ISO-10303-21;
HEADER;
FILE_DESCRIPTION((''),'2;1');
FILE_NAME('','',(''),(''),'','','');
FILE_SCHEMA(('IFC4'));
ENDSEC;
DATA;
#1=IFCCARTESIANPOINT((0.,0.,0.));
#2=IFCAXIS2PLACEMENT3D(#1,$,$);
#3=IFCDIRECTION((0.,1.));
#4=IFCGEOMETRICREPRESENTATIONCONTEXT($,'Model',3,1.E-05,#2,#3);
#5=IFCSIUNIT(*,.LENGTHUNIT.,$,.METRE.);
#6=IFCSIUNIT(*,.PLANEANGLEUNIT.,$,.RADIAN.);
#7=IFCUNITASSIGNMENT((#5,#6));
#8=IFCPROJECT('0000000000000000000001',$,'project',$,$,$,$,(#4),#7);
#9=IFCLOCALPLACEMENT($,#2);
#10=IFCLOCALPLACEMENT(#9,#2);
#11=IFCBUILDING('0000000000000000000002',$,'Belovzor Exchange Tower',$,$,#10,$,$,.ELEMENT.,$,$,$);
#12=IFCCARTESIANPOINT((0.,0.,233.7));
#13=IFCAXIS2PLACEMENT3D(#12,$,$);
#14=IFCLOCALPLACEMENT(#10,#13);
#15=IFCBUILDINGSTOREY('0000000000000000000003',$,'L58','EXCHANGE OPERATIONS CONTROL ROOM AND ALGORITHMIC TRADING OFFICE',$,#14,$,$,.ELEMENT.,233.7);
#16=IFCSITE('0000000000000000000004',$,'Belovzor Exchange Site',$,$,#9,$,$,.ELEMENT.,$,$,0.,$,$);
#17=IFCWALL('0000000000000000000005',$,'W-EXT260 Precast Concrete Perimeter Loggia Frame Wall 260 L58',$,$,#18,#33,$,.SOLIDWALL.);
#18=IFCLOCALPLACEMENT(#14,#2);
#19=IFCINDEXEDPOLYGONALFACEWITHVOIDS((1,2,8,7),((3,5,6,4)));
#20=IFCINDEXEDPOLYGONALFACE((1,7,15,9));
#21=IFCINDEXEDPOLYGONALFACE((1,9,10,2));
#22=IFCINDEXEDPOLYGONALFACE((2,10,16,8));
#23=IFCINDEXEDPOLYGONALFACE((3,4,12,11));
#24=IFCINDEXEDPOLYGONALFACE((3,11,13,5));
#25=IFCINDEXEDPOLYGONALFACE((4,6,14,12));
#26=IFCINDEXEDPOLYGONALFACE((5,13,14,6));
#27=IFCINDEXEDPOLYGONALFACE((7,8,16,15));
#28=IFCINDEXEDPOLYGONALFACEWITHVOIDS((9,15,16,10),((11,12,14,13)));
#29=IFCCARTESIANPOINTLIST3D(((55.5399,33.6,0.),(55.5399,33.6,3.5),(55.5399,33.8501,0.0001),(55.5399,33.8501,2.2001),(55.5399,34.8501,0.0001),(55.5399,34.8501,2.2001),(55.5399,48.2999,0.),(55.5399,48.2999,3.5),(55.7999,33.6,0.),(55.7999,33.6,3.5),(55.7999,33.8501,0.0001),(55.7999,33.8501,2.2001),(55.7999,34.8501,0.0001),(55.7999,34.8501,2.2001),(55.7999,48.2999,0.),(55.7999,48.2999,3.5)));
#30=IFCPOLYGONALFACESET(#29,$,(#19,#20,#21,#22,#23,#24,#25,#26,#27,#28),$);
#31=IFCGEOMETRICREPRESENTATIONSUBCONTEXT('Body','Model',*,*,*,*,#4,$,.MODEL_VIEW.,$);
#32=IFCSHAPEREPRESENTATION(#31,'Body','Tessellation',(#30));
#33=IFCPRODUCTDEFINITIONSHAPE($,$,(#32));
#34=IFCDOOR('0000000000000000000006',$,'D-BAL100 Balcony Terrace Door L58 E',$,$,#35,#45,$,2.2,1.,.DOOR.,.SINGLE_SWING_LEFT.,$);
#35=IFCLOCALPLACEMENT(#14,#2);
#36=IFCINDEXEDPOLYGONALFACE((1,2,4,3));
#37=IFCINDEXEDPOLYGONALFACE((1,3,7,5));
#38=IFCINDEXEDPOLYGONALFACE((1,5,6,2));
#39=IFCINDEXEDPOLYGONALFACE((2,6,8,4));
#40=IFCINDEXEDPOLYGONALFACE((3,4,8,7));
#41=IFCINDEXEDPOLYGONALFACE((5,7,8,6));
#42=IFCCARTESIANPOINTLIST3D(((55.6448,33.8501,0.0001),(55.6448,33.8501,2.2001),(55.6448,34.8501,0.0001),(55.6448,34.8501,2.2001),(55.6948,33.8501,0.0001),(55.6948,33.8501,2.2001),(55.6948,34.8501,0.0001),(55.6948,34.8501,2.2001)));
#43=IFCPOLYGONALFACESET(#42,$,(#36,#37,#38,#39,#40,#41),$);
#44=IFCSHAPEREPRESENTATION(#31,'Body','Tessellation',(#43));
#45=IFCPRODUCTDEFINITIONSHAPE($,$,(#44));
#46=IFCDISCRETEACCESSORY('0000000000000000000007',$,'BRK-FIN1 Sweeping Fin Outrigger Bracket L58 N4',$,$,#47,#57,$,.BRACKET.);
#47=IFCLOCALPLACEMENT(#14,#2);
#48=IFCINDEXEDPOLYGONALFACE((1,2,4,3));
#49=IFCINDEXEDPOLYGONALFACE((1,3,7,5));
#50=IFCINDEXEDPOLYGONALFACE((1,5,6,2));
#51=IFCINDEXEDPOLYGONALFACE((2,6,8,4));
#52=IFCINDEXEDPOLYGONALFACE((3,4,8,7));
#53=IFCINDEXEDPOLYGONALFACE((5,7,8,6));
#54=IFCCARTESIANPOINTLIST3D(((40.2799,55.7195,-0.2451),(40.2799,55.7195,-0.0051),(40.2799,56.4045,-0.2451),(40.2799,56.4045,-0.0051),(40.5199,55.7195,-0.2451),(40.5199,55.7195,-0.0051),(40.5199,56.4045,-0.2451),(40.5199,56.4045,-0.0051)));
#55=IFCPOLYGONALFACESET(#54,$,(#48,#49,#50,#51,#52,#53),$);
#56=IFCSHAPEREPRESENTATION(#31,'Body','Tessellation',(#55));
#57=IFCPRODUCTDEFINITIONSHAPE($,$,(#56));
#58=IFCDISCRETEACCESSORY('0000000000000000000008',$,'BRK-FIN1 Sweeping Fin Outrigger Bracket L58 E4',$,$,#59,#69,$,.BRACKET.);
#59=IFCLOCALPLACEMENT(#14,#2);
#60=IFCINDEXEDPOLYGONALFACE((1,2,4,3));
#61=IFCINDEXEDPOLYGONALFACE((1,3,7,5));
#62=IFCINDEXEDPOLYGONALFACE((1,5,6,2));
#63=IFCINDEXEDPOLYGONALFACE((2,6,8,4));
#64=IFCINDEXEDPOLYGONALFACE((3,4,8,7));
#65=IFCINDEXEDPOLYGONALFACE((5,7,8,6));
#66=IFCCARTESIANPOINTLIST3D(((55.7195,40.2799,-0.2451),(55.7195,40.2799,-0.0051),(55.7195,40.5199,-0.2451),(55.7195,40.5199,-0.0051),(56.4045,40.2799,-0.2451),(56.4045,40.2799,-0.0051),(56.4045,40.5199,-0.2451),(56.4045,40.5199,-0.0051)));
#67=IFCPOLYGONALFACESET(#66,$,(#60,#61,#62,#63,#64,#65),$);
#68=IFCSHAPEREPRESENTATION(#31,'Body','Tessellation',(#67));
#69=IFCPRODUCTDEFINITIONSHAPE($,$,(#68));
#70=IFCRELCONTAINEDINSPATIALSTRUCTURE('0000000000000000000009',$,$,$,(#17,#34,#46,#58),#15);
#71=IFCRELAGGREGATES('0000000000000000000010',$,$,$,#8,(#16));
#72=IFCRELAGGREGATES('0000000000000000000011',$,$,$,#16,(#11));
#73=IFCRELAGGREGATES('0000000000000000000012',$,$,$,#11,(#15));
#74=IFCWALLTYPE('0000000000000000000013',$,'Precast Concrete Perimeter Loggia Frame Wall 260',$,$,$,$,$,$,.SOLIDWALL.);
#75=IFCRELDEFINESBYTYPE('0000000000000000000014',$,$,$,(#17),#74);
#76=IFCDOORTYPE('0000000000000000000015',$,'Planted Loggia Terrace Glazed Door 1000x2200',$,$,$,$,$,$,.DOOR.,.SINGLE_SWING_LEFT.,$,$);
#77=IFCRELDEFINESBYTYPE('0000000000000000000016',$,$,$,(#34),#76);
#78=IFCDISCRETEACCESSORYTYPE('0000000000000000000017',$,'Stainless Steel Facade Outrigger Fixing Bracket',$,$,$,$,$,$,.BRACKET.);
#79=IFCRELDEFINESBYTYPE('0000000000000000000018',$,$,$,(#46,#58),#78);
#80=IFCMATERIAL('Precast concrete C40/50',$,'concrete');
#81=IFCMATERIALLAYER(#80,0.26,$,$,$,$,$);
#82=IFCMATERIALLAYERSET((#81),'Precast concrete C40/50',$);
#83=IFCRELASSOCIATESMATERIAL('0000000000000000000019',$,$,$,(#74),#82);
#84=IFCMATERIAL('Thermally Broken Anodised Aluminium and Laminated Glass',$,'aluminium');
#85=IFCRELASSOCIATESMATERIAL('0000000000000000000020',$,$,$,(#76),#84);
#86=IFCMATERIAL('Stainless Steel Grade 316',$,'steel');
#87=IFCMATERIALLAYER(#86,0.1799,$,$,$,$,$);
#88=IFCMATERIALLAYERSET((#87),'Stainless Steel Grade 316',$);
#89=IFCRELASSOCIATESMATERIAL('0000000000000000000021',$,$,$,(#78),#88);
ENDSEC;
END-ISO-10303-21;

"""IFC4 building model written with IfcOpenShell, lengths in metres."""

from ifc_helpers import new_model, si_unit, direction, frame, frame_2d, origin, origin_2d, place, context, subcontext, project, spatial, rectangle, extrude, material, layer, layer_set, type_object, element, fill, save


model = new_model("IFC4")

# Units and contexts
model_context = context("Model", 3, precision=1e-05, world=origin(), true_north=direction((0.0, 1.0)))
body_context = subcontext(model_context, "Body", "Model", "MODEL_VIEW")
ifc_project = project(units=[si_unit("LENGTHUNIT", "METRE"), si_unit("PLANEANGLEUNIT", "RADIAN")], contexts=[model_context])

# Site, building, storey
site_placement = place(None, origin())
site = spatial("IfcSite", under=ifc_project, at=site_placement, Name="Belovzor Exchange Site", CompositionType="ELEMENT", RefElevation=0.0)
building_placement = place(site_placement, origin())
building = spatial("IfcBuilding", under=site, at=building_placement, Name="Belovzor Exchange Tower", CompositionType="ELEMENT")
storey_placement = place(building_placement, frame((0.0, 0.0, 233.7)))
storey = spatial("IfcBuildingStorey", under=building, at=storey_placement, Name="L58", Description="EXCHANGE OPERATIONS CONTROL ROOM AND ALGORITHMIC TRADING OFFICE", CompositionType="ELEMENT", Elevation=233.7)

# Wall, opening, door
ifc_material_1 = material(Name="Precast concrete C40/50", Category="concrete")
ifc_layer_1 = layer(ifc_material_1, 0.26)
ifc_layer_set_1 = layer_set([ifc_layer_1], Name="Precast concrete C40/50")
wall_type_1 = type_object("IfcWallType", Name="Precast Concrete Perimeter Loggia Frame Wall 260", PredefinedType="SOLIDWALL", material=ifc_layer_set_1)
wall_1_placement = place(storey_placement, frame((55.6699, 48.3, 0.0), z_axis=(0.0, 0.0, 1.0), x_axis=(0.0, -1.0, 0.0)))
wall_1 = element("IfcWall", 1, at=wall_1_placement, inside=storey, type_object=wall_type_1, Name="W-EXT260 Precast Concrete Perimeter Loggia Frame Wall 260 L58", PredefinedType="SOLIDWALL", context=body_context, shape_type="SweptSolid", body=[
    extrude(rectangle(XDim=14.7, YDim=0.26, at=frame_2d((7.3501, 0.0))), origin(), (0.0, 0.0, 1.0), 3.5),
])
opening_1_placement = place(wall_1_placement, frame((13.45, 0.0, 0.0)))
opening_1 = element("IfcOpeningElement", 2, at=opening_1_placement, cuts=wall_1, PredefinedType="OPENING", context=body_context, shape_type="SweptSolid", body=[
    extrude(rectangle(XDim=1.0, YDim=2.2, at=frame_2d((0.5, 1.1001))), frame((0.0, 0.1399, 0.0), z_axis=(0.0, -1.0, 0.0), x_axis=(1.0, 0.0, 0.0)), (0.0, 0.0, 1.0), 0.28),
])
ifc_material_2 = material(Name="Thermally Broken Anodised Aluminium and Laminated Glass", Category="aluminium")
door_type_1 = type_object("IfcDoorType", Name="Planted Loggia Terrace Glazed Door 1000x2200", OperationType="SINGLE_SWING_LEFT", PredefinedType="DOOR", material=ifc_material_2)
door_1_placement = place(opening_1_placement, origin())
door_1 = element("IfcDoor", 3, at=door_1_placement, inside=storey, type_object=door_type_1, Name="D-BAL100 Balcony Terrace Door L58 E", OperationType="SINGLE_SWING_LEFT", OverallHeight=2.2, OverallWidth=1.0, PredefinedType="DOOR", context=body_context, shape_type="SweptSolid", body=[
    extrude(rectangle(XDim=1.0, YDim=2.2, at=frame_2d((0.5, 1.1001))), frame((0.0, 0.0249, 0.0), z_axis=(0.0, -1.0, 0.0), x_axis=(1.0, 0.0, 0.0)), (0.0, 0.0, 1.0), 0.05),
])
fill(opening_1, door_1)

# Discrete accessories
ifc_material_3 = material(Name="Stainless Steel Grade 316", Category="steel")
ifc_layer_2 = layer(ifc_material_3, 0.1799)
ifc_layer_set_2 = layer_set([ifc_layer_2], Name="Stainless Steel Grade 316")
discrete_accessory_type = type_object("IfcDiscreteAccessoryType", Name="Stainless Steel Facade Outrigger Fixing Bracket", PredefinedType="BRACKET", material=ifc_layer_set_2)
for number, where, z_axis, x_axis, name in (
    (4, (40.3999, 56.062, -0.2451), (0.0, 0.0, 1.0), (0.0, 1.0, 0.0), "BRK-FIN1 Sweeping Fin Outrigger Bracket L58 N4"),
    (5, (56.062, 40.3999, -0.2451), (0.0, 0.0, 1.0), (1.0, 0.0, 0.0), "BRK-FIN1 Sweeping Fin Outrigger Bracket L58 E4"),
):
    element("IfcDiscreteAccessory", number, at=place(storey_placement, frame(where, z_axis=z_axis, x_axis=x_axis)), inside=storey, type_object=discrete_accessory_type, Name=name, PredefinedType="BRACKET", context=body_context, shape_type="SweptSolid", body=[
        extrude(rectangle(XDim=0.6851, YDim=0.24, at=origin_2d()), origin(), (0.0, 0.0, 1.0), 0.24),
    ])

save(model, "model.ifc")
